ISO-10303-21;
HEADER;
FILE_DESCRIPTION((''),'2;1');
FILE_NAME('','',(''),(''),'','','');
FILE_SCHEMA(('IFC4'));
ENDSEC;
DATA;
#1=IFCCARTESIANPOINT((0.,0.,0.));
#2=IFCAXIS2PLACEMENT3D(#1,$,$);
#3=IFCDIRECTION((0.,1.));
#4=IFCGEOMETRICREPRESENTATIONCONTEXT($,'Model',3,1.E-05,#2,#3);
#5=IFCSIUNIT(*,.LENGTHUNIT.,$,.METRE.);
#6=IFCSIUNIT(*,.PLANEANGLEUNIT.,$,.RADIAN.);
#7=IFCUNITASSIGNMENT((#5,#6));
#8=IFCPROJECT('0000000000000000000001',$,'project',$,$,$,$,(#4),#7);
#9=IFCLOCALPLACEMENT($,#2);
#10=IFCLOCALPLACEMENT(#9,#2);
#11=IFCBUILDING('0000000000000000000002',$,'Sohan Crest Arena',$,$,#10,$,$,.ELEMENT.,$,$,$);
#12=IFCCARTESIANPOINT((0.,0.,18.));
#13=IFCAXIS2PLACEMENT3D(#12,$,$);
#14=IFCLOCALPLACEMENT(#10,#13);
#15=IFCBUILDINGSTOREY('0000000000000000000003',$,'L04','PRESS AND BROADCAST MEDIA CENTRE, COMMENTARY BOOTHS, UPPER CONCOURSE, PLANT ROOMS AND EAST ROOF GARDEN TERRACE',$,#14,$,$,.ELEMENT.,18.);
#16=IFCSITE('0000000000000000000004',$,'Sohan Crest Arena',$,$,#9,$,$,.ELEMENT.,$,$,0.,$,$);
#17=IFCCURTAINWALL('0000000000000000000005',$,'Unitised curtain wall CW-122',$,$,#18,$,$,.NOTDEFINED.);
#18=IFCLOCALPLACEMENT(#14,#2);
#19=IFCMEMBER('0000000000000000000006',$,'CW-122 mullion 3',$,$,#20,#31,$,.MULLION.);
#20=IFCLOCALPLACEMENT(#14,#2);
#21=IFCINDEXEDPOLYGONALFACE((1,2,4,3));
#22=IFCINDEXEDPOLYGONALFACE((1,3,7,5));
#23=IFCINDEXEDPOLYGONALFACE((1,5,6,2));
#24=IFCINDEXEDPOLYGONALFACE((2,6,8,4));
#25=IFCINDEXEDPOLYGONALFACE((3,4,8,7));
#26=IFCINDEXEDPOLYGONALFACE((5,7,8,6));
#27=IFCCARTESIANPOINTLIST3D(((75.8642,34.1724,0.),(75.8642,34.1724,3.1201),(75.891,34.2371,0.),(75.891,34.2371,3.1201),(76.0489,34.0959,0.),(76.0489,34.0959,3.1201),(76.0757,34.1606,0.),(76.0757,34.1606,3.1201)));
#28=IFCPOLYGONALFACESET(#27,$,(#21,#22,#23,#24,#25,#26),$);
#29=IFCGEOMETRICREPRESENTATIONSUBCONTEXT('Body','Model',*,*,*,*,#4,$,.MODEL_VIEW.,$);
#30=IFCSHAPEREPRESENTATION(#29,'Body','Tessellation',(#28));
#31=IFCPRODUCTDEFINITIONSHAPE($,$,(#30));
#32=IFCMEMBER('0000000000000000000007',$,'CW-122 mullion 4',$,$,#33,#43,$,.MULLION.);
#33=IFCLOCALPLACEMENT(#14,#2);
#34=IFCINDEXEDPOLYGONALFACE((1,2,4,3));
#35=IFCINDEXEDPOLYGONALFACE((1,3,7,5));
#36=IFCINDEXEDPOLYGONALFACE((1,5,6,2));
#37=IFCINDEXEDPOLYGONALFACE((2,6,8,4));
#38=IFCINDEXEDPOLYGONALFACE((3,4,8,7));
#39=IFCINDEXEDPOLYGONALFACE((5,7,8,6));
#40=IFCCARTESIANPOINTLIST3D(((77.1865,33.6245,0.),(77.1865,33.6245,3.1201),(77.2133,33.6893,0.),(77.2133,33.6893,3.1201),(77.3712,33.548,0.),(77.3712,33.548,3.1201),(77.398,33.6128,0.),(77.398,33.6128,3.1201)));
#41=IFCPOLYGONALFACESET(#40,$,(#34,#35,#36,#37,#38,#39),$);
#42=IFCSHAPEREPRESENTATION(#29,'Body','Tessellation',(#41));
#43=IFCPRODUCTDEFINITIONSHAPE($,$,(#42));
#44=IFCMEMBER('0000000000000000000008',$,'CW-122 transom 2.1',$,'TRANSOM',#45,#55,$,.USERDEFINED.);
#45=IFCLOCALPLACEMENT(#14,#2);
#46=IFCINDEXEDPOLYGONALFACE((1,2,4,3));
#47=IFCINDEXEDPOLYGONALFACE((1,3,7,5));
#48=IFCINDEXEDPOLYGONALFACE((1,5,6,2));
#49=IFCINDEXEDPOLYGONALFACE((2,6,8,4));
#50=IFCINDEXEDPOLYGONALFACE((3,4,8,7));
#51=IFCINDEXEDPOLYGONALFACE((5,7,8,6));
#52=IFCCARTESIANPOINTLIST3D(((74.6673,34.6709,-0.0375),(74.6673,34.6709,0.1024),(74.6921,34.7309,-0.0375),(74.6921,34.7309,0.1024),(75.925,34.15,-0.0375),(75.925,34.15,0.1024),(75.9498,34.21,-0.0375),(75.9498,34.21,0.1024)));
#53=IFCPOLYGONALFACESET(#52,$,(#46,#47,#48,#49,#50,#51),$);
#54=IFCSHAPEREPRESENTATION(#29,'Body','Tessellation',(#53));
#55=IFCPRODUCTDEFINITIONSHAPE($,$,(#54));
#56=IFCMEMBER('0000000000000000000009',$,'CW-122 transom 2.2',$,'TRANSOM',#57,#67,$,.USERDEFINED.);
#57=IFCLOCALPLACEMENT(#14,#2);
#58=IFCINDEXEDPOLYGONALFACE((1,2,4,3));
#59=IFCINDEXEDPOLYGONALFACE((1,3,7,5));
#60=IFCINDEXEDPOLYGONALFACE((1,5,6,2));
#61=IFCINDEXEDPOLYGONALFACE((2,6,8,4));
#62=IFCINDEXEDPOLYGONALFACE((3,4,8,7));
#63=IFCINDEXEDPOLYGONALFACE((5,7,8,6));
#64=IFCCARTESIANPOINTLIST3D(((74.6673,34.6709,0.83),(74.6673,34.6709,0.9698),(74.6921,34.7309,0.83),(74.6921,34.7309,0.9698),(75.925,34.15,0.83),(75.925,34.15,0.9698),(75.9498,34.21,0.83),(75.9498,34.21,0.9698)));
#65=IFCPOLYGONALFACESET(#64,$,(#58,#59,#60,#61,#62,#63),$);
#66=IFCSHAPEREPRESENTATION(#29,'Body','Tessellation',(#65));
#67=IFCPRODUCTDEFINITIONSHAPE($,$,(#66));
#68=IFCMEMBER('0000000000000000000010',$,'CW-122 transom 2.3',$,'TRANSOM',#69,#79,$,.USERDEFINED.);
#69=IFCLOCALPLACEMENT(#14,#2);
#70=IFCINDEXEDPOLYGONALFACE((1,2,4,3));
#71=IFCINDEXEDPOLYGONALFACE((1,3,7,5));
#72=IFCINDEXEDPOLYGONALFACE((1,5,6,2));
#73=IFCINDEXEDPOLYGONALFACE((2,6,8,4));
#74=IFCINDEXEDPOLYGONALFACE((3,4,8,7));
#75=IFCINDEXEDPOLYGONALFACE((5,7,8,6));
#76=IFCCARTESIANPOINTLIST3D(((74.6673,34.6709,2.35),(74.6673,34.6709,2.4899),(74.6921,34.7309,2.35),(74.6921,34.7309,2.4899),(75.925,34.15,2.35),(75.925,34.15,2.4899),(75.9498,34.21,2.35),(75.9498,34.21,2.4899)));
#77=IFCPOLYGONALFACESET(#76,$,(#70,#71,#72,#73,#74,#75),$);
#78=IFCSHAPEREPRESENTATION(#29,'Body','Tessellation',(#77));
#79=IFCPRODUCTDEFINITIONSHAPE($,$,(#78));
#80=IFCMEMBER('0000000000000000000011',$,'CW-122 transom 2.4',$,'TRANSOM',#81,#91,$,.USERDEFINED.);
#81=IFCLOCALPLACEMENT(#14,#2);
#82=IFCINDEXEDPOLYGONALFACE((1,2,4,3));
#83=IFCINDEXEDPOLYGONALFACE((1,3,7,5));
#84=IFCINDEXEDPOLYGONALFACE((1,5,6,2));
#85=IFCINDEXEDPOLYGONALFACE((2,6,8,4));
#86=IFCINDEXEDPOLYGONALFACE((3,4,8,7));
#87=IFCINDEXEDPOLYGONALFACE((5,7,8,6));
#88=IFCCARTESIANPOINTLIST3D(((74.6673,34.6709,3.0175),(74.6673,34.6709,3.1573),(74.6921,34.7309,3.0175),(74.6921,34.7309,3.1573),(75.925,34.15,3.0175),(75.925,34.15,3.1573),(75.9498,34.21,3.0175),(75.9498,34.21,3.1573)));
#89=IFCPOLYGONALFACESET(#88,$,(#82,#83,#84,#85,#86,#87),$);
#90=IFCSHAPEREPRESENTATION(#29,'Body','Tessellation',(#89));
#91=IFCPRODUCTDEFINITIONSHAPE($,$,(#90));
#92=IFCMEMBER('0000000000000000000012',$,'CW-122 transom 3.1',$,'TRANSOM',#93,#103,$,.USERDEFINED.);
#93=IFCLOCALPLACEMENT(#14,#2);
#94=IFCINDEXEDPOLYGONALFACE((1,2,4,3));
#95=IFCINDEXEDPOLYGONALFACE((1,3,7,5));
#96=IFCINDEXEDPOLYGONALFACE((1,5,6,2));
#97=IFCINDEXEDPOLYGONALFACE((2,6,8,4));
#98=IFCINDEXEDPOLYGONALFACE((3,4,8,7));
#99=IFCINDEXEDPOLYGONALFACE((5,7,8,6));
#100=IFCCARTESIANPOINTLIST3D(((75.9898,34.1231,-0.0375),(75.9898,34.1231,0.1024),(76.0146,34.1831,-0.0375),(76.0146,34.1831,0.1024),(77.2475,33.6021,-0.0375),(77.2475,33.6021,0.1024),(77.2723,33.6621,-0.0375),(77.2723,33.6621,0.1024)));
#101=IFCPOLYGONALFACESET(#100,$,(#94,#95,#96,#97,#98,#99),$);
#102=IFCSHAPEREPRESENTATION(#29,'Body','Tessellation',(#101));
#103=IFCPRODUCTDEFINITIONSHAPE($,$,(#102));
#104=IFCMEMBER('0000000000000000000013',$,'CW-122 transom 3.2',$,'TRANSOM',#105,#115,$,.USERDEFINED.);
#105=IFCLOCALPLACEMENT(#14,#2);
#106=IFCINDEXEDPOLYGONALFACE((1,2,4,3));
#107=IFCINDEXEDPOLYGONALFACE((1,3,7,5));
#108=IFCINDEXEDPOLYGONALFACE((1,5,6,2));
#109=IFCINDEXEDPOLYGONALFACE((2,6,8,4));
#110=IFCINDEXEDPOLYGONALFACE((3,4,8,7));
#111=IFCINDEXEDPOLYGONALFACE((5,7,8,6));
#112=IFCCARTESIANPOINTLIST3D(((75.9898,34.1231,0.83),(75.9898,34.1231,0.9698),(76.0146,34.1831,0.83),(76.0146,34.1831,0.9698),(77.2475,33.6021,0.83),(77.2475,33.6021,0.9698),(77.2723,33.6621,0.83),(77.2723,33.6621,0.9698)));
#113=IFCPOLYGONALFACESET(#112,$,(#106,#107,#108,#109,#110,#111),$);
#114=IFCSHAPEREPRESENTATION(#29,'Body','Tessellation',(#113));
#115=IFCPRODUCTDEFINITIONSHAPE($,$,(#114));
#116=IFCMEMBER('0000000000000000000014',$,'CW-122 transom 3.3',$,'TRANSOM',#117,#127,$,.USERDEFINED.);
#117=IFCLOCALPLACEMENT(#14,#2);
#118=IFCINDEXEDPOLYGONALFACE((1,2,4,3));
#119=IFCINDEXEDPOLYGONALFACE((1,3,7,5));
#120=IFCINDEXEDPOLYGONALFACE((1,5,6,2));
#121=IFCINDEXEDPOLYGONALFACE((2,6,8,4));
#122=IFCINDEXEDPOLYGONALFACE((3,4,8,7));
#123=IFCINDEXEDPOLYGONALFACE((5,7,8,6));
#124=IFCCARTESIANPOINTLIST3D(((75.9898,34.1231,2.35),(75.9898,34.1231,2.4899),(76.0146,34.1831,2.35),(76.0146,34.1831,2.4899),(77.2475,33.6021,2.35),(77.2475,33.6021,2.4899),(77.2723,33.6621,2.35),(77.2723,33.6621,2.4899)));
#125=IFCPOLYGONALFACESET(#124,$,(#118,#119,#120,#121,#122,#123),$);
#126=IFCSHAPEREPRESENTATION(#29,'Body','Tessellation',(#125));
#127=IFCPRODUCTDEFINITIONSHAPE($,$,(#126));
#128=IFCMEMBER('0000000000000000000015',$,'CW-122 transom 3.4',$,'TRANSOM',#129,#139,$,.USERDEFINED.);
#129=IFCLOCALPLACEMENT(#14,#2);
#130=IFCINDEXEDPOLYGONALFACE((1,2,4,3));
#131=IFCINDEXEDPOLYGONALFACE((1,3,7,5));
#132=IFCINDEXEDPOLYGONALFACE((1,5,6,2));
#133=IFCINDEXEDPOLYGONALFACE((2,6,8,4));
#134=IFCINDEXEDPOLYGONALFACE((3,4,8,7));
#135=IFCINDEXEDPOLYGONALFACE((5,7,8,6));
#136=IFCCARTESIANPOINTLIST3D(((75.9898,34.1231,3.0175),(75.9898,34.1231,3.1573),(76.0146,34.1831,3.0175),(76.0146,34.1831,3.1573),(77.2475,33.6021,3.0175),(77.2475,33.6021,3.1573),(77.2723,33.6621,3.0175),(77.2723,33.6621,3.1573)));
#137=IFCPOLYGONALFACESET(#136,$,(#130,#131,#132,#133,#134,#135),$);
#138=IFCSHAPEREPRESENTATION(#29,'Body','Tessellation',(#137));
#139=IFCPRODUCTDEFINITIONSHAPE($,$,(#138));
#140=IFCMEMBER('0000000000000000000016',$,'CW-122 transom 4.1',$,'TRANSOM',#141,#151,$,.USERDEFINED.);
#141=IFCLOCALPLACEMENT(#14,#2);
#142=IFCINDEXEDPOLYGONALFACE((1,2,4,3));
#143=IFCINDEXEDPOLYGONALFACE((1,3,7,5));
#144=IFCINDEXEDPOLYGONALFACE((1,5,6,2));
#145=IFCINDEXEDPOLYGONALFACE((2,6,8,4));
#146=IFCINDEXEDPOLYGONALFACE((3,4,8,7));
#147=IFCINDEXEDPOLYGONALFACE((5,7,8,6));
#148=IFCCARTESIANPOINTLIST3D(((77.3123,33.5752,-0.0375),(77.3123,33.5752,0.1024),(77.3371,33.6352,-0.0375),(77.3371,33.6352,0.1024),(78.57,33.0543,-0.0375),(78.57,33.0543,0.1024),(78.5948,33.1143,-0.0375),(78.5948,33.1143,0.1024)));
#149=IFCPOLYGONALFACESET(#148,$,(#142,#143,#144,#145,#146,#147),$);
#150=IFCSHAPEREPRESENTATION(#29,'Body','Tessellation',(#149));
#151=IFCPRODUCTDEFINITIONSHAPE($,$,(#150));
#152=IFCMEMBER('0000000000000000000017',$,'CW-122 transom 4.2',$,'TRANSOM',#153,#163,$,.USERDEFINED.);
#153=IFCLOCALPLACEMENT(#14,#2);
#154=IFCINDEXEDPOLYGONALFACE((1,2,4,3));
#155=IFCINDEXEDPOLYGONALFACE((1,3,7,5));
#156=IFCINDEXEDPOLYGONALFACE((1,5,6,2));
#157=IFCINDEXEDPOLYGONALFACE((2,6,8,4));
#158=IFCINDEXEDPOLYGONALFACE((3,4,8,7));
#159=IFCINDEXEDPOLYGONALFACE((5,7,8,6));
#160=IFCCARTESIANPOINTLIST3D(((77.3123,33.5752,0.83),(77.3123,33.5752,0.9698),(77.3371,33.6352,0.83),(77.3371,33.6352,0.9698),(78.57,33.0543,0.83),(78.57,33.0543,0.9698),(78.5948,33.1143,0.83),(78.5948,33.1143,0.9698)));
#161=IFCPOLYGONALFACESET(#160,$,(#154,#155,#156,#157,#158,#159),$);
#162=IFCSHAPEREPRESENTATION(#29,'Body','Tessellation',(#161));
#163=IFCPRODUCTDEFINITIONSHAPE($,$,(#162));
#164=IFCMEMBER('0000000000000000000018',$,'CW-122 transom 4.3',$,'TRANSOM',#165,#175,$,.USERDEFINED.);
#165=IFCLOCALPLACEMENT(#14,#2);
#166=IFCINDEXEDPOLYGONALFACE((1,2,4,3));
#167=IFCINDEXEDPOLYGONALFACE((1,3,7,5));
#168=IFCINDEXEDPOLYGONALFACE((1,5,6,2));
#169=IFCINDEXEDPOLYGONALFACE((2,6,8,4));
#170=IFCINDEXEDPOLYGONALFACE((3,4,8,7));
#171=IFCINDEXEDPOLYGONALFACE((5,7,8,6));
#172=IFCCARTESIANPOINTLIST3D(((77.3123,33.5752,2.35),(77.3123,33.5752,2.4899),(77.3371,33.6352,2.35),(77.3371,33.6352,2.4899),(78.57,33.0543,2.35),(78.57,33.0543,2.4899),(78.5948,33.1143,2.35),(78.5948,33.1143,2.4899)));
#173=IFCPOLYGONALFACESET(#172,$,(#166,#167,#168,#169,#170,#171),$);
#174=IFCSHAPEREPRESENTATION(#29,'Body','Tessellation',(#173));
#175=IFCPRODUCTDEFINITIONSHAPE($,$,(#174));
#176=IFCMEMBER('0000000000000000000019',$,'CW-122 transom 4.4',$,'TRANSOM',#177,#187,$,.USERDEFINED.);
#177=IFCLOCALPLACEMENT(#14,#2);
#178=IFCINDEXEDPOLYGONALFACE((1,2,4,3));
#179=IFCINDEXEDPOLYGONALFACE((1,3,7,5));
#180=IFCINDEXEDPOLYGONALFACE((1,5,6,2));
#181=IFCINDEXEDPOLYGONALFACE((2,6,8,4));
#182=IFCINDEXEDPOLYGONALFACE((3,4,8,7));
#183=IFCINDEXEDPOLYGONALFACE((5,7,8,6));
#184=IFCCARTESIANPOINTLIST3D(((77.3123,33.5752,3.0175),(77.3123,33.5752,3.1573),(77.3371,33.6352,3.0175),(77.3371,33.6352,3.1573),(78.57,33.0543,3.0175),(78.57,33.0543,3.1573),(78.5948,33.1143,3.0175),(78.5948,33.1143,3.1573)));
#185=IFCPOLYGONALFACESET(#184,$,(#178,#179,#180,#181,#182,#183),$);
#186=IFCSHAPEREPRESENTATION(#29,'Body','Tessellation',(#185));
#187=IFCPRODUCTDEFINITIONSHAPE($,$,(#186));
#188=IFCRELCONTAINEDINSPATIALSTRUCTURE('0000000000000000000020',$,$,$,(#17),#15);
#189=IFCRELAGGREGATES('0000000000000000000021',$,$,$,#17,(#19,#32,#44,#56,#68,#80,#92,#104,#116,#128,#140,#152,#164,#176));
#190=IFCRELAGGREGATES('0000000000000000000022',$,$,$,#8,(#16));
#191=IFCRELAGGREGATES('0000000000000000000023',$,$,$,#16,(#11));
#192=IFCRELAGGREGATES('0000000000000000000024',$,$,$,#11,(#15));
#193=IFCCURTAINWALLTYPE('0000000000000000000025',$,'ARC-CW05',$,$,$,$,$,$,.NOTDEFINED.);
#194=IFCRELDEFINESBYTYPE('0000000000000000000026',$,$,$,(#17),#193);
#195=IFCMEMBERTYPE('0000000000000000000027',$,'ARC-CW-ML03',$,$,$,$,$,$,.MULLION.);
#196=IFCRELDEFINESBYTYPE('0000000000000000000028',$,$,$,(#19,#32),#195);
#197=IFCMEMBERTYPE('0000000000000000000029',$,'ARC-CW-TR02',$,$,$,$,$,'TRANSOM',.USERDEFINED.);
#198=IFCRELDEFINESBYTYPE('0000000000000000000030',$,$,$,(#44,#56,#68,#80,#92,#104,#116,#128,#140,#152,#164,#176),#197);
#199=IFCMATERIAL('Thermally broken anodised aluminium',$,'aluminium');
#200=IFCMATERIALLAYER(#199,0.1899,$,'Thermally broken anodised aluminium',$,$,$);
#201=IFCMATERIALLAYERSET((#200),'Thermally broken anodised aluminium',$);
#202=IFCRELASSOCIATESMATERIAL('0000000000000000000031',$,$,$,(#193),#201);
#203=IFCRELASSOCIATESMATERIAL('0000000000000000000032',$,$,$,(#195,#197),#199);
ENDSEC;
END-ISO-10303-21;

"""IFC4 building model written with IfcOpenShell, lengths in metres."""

from ifc_helpers import new_model, si_unit, direction, frame, origin, origin_2d, place, context, subcontext, project, spatial, rectangle, extrude, material, layer, layer_set, material_profile, profile_set, type_object, element, aggregate, save


model = new_model("IFC4")

# Units and contexts
model_context = context("Model", 3, precision=1e-05, world=origin(), true_north=direction((0.0, 1.0)))
body_context = subcontext(model_context, "Body", "Model", "MODEL_VIEW")
ifc_project = project(units=[si_unit("LENGTHUNIT", "METRE"), si_unit("PLANEANGLEUNIT", "RADIAN")], contexts=[model_context])

# Site, building, storey
site_placement = place(None, origin())
site = spatial("IfcSite", under=ifc_project, at=site_placement, Name="Sohan Crest Arena", CompositionType="ELEMENT", RefElevation=0.0)
building_placement = place(site_placement, origin())
building = spatial("IfcBuilding", under=site, at=building_placement, Name="Sohan Crest Arena", CompositionType="ELEMENT")
storey_placement = place(building_placement, frame((0.0, 0.0, 18.0)))
storey = spatial("IfcBuildingStorey", under=building, at=storey_placement, Name="L04", Description="PRESS AND BROADCAST MEDIA CENTRE, COMMENTARY BOOTHS, UPPER CONCOURSE, PLANT ROOMS AND EAST ROOF GARDEN TERRACE", CompositionType="ELEMENT", Elevation=18.0)

# Curtain wall, members
ifc_material_1 = material(Name="Thermally broken anodised aluminium", Category="aluminium")
ifc_layer_1 = layer(ifc_material_1, 0.1899, Name="Thermally broken anodised aluminium")
ifc_layer_set_1 = layer_set([ifc_layer_1], Name="Thermally broken anodised aluminium")
curtain_wall_type = type_object("IfcCurtainWallType", Name="ARC-CW05", PredefinedType="NOTDEFINED", material=ifc_layer_set_1)
curtain_wall_placement = place(storey_placement, origin())
curtain_wall = element("IfcCurtainWall", 1, at=curtain_wall_placement, inside=storey, type_object=curtain_wall_type, Name="Unitised curtain wall CW-122", PredefinedType="NOTDEFINED")
ifc_material_profile_1 = material_profile(ifc_material_1, rectangle(XDim=0.0701, YDim=0.2, at=origin_2d()), Name="ALU-MULL 70x200")
ifc_profile_set_1 = profile_set([ifc_material_profile_1], Name="Thermally broken anodised aluminium")
member_type_1 = type_object("IfcMemberType", Name="ARC-CW-ML03", PredefinedType="MULLION", material=ifc_profile_set_1)
member_1_placement = place(storey_placement, frame((75.97, 34.1665, 0.0), z_axis=(0.0, 0.0, 1.0), x_axis=(0.382685, 0.923879, 0.0)))
member_1 = element("IfcMember", 2, at=member_1_placement, type_object=member_type_1, Name="CW-122 mullion 3", PredefinedType="MULLION", context=body_context, shape_type="SweptSolid", body=[
    extrude(rectangle(XDim=0.0701, YDim=0.2, at=origin_2d()), origin(), (0.0, 0.0, 1.0), 3.1201),
])
member_2_placement = place(storey_placement, frame((77.2922, 33.6187, 0.0), z_axis=(0.0, 0.0, 1.0), x_axis=(0.382685, 0.923879, 0.0)))
member_2 = element("IfcMember", 3, at=member_2_placement, type_object=member_type_1, Name="CW-122 mullion 4", PredefinedType="MULLION", context=body_context, shape_type="SweptSolid", body=[
    extrude(rectangle(XDim=0.0701, YDim=0.2, at=origin_2d()), origin(), (0.0, 0.0, 1.0), 3.1201),
])
ifc_material_profile_2 = material_profile(ifc_material_1, rectangle(XDim=0.0649, YDim=0.1399, at=origin_2d()), Name="ALU-TRAN 65x140")
ifc_profile_set_2 = profile_set([ifc_material_profile_2], Name="Thermally broken anodised aluminium")
member_type_2 = type_object("IfcMemberType", Name="ARC-CW-TR02", ElementType="TRANSOM", PredefinedType="USERDEFINED", material=ifc_profile_set_2)
member_3_placement = place(storey_placement, frame((74.6797, 34.7009, 0.0325), z_axis=(0.923881, -0.382679, 0.0), x_axis=(0.382679, 0.923881, 0.0)))
member_3 = element("IfcMember", 4, at=member_3_placement, type_object=member_type_2, Name="CW-122 transom 2.1", ObjectType="TRANSOM", PredefinedType="USERDEFINED", context=body_context, shape_type="SweptSolid", body=[
    extrude(rectangle(XDim=0.0649, YDim=0.1399, at=origin_2d()), origin(), (0.0, 0.0, 1.0), 1.3613),
])
member_4_placement = place(storey_placement, frame((74.6797, 34.7009, 0.8999), z_axis=(0.923881, -0.382679, 0.0), x_axis=(0.382679, 0.923881, 0.0)))
member_4 = element("IfcMember", 5, at=member_4_placement, type_object=member_type_2, Name="CW-122 transom 2.2", ObjectType="TRANSOM", PredefinedType="USERDEFINED", context=body_context, shape_type="SweptSolid", body=[
    extrude(rectangle(XDim=0.0649, YDim=0.1399, at=origin_2d()), origin(), (0.0, 0.0, 1.0), 1.3613),
])
member_5_placement = place(storey_placement, frame((74.6797, 34.7009, 2.4199), z_axis=(0.923881, -0.382679, 0.0), x_axis=(0.382679, 0.923881, 0.0)))
member_5 = element("IfcMember", 6, at=member_5_placement, type_object=member_type_2, Name="CW-122 transom 2.3", ObjectType="TRANSOM", PredefinedType="USERDEFINED", context=body_context, shape_type="SweptSolid", body=[
    extrude(rectangle(XDim=0.0649, YDim=0.1399, at=origin_2d()), origin(), (0.0, 0.0, 1.0), 1.3613),
])
member_6_placement = place(storey_placement, frame((74.6797, 34.7009, 3.0874), z_axis=(0.923881, -0.382679, 0.0), x_axis=(0.382679, 0.923881, 0.0)))
member_6 = element("IfcMember", 7, at=member_6_placement, type_object=member_type_2, Name="CW-122 transom 2.4", ObjectType="TRANSOM", PredefinedType="USERDEFINED", context=body_context, shape_type="SweptSolid", body=[
    extrude(rectangle(XDim=0.0649, YDim=0.1399, at=origin_2d()), origin(), (0.0, 0.0, 1.0), 1.3613),
])
member_7_placement = place(storey_placement, frame((76.0022, 34.1531, 0.0325), z_axis=(0.923881, -0.382679, 0.0), x_axis=(0.382679, 0.923881, 0.0)))
member_7 = element("IfcMember", 8, at=member_7_placement, type_object=member_type_2, Name="CW-122 transom 3.1", ObjectType="TRANSOM", PredefinedType="USERDEFINED", context=body_context, shape_type="SweptSolid", body=[
    extrude(rectangle(XDim=0.0649, YDim=0.1399, at=origin_2d()), origin(), (0.0, 0.0, 1.0), 1.3613),
])
member_8_placement = place(storey_placement, frame((76.0022, 34.1531, 0.8999), z_axis=(0.923881, -0.382679, 0.0), x_axis=(0.382679, 0.923881, 0.0)))
member_8 = element("IfcMember", 9, at=member_8_placement, type_object=member_type_2, Name="CW-122 transom 3.2", ObjectType="TRANSOM", PredefinedType="USERDEFINED", context=body_context, shape_type="SweptSolid", body=[
    extrude(rectangle(XDim=0.0649, YDim=0.1399, at=origin_2d()), origin(), (0.0, 0.0, 1.0), 1.3613),
])
member_9_placement = place(storey_placement, frame((76.0022, 34.1531, 2.4199), z_axis=(0.923881, -0.382679, 0.0), x_axis=(0.382679, 0.923881, 0.0)))
member_9 = element("IfcMember", 10, at=member_9_placement, type_object=member_type_2, Name="CW-122 transom 3.3", ObjectType="TRANSOM", PredefinedType="USERDEFINED", context=body_context, shape_type="SweptSolid", body=[
    extrude(rectangle(XDim=0.0649, YDim=0.1399, at=origin_2d()), origin(), (0.0, 0.0, 1.0), 1.3613),
])
member_10_placement = place(storey_placement, frame((76.0022, 34.1531, 3.0874), z_axis=(0.923881, -0.382679, 0.0), x_axis=(0.382679, 0.923881, 0.0)))
member_10 = element("IfcMember", 11, at=member_10_placement, type_object=member_type_2, Name="CW-122 transom 3.4", ObjectType="TRANSOM", PredefinedType="USERDEFINED", context=body_context, shape_type="SweptSolid", body=[
    extrude(rectangle(XDim=0.0649, YDim=0.1399, at=origin_2d()), origin(), (0.0, 0.0, 1.0), 1.3613),
])
member_11_placement = place(storey_placement, frame((77.3247, 33.6052, 0.0325), z_axis=(0.923881, -0.382679, 0.0), x_axis=(0.382679, 0.923881, 0.0)))
member_11 = element("IfcMember", 12, at=member_11_placement, type_object=member_type_2, Name="CW-122 transom 4.1", ObjectType="TRANSOM", PredefinedType="USERDEFINED", context=body_context, shape_type="SweptSolid", body=[
    extrude(rectangle(XDim=0.0649, YDim=0.1399, at=origin_2d()), origin(), (0.0, 0.0, 1.0), 1.3613),
])
member_12_placement = place(storey_placement, frame((77.3247, 33.6052, 0.8999), z_axis=(0.923881, -0.382679, 0.0), x_axis=(0.382679, 0.923881, 0.0)))
member_12 = element("IfcMember", 13, at=member_12_placement, type_object=member_type_2, Name="CW-122 transom 4.2", ObjectType="TRANSOM", PredefinedType="USERDEFINED", context=body_context, shape_type="SweptSolid", body=[
    extrude(rectangle(XDim=0.0649, YDim=0.1399, at=origin_2d()), origin(), (0.0, 0.0, 1.0), 1.3613),
])
member_13_placement = place(storey_placement, frame((77.3247, 33.6052, 2.4199), z_axis=(0.923881, -0.382679, 0.0), x_axis=(0.382679, 0.923881, 0.0)))
member_13 = element("IfcMember", 14, at=member_13_placement, type_object=member_type_2, Name="CW-122 transom 4.3", ObjectType="TRANSOM", PredefinedType="USERDEFINED", context=body_context, shape_type="SweptSolid", body=[
    extrude(rectangle(XDim=0.0649, YDim=0.1399, at=origin_2d()), origin(), (0.0, 0.0, 1.0), 1.3613),
])
member_14_placement = place(storey_placement, frame((77.3247, 33.6052, 3.0874), z_axis=(0.923881, -0.382679, 0.0), x_axis=(0.382679, 0.923881, 0.0)))
member_14 = element("IfcMember", 15, at=member_14_placement, type_object=member_type_2, Name="CW-122 transom 4.4", ObjectType="TRANSOM", PredefinedType="USERDEFINED", context=body_context, shape_type="SweptSolid", body=[
    extrude(rectangle(XDim=0.0649, YDim=0.1399, at=origin_2d()), origin(), (0.0, 0.0, 1.0), 1.3613),
])
aggregate(curtain_wall, [member_1, member_2, member_3, member_4, member_5, member_6, member_7, member_8, member_9, member_10, member_11, member_12, member_13, member_14])

save(model, "model.ifc")
